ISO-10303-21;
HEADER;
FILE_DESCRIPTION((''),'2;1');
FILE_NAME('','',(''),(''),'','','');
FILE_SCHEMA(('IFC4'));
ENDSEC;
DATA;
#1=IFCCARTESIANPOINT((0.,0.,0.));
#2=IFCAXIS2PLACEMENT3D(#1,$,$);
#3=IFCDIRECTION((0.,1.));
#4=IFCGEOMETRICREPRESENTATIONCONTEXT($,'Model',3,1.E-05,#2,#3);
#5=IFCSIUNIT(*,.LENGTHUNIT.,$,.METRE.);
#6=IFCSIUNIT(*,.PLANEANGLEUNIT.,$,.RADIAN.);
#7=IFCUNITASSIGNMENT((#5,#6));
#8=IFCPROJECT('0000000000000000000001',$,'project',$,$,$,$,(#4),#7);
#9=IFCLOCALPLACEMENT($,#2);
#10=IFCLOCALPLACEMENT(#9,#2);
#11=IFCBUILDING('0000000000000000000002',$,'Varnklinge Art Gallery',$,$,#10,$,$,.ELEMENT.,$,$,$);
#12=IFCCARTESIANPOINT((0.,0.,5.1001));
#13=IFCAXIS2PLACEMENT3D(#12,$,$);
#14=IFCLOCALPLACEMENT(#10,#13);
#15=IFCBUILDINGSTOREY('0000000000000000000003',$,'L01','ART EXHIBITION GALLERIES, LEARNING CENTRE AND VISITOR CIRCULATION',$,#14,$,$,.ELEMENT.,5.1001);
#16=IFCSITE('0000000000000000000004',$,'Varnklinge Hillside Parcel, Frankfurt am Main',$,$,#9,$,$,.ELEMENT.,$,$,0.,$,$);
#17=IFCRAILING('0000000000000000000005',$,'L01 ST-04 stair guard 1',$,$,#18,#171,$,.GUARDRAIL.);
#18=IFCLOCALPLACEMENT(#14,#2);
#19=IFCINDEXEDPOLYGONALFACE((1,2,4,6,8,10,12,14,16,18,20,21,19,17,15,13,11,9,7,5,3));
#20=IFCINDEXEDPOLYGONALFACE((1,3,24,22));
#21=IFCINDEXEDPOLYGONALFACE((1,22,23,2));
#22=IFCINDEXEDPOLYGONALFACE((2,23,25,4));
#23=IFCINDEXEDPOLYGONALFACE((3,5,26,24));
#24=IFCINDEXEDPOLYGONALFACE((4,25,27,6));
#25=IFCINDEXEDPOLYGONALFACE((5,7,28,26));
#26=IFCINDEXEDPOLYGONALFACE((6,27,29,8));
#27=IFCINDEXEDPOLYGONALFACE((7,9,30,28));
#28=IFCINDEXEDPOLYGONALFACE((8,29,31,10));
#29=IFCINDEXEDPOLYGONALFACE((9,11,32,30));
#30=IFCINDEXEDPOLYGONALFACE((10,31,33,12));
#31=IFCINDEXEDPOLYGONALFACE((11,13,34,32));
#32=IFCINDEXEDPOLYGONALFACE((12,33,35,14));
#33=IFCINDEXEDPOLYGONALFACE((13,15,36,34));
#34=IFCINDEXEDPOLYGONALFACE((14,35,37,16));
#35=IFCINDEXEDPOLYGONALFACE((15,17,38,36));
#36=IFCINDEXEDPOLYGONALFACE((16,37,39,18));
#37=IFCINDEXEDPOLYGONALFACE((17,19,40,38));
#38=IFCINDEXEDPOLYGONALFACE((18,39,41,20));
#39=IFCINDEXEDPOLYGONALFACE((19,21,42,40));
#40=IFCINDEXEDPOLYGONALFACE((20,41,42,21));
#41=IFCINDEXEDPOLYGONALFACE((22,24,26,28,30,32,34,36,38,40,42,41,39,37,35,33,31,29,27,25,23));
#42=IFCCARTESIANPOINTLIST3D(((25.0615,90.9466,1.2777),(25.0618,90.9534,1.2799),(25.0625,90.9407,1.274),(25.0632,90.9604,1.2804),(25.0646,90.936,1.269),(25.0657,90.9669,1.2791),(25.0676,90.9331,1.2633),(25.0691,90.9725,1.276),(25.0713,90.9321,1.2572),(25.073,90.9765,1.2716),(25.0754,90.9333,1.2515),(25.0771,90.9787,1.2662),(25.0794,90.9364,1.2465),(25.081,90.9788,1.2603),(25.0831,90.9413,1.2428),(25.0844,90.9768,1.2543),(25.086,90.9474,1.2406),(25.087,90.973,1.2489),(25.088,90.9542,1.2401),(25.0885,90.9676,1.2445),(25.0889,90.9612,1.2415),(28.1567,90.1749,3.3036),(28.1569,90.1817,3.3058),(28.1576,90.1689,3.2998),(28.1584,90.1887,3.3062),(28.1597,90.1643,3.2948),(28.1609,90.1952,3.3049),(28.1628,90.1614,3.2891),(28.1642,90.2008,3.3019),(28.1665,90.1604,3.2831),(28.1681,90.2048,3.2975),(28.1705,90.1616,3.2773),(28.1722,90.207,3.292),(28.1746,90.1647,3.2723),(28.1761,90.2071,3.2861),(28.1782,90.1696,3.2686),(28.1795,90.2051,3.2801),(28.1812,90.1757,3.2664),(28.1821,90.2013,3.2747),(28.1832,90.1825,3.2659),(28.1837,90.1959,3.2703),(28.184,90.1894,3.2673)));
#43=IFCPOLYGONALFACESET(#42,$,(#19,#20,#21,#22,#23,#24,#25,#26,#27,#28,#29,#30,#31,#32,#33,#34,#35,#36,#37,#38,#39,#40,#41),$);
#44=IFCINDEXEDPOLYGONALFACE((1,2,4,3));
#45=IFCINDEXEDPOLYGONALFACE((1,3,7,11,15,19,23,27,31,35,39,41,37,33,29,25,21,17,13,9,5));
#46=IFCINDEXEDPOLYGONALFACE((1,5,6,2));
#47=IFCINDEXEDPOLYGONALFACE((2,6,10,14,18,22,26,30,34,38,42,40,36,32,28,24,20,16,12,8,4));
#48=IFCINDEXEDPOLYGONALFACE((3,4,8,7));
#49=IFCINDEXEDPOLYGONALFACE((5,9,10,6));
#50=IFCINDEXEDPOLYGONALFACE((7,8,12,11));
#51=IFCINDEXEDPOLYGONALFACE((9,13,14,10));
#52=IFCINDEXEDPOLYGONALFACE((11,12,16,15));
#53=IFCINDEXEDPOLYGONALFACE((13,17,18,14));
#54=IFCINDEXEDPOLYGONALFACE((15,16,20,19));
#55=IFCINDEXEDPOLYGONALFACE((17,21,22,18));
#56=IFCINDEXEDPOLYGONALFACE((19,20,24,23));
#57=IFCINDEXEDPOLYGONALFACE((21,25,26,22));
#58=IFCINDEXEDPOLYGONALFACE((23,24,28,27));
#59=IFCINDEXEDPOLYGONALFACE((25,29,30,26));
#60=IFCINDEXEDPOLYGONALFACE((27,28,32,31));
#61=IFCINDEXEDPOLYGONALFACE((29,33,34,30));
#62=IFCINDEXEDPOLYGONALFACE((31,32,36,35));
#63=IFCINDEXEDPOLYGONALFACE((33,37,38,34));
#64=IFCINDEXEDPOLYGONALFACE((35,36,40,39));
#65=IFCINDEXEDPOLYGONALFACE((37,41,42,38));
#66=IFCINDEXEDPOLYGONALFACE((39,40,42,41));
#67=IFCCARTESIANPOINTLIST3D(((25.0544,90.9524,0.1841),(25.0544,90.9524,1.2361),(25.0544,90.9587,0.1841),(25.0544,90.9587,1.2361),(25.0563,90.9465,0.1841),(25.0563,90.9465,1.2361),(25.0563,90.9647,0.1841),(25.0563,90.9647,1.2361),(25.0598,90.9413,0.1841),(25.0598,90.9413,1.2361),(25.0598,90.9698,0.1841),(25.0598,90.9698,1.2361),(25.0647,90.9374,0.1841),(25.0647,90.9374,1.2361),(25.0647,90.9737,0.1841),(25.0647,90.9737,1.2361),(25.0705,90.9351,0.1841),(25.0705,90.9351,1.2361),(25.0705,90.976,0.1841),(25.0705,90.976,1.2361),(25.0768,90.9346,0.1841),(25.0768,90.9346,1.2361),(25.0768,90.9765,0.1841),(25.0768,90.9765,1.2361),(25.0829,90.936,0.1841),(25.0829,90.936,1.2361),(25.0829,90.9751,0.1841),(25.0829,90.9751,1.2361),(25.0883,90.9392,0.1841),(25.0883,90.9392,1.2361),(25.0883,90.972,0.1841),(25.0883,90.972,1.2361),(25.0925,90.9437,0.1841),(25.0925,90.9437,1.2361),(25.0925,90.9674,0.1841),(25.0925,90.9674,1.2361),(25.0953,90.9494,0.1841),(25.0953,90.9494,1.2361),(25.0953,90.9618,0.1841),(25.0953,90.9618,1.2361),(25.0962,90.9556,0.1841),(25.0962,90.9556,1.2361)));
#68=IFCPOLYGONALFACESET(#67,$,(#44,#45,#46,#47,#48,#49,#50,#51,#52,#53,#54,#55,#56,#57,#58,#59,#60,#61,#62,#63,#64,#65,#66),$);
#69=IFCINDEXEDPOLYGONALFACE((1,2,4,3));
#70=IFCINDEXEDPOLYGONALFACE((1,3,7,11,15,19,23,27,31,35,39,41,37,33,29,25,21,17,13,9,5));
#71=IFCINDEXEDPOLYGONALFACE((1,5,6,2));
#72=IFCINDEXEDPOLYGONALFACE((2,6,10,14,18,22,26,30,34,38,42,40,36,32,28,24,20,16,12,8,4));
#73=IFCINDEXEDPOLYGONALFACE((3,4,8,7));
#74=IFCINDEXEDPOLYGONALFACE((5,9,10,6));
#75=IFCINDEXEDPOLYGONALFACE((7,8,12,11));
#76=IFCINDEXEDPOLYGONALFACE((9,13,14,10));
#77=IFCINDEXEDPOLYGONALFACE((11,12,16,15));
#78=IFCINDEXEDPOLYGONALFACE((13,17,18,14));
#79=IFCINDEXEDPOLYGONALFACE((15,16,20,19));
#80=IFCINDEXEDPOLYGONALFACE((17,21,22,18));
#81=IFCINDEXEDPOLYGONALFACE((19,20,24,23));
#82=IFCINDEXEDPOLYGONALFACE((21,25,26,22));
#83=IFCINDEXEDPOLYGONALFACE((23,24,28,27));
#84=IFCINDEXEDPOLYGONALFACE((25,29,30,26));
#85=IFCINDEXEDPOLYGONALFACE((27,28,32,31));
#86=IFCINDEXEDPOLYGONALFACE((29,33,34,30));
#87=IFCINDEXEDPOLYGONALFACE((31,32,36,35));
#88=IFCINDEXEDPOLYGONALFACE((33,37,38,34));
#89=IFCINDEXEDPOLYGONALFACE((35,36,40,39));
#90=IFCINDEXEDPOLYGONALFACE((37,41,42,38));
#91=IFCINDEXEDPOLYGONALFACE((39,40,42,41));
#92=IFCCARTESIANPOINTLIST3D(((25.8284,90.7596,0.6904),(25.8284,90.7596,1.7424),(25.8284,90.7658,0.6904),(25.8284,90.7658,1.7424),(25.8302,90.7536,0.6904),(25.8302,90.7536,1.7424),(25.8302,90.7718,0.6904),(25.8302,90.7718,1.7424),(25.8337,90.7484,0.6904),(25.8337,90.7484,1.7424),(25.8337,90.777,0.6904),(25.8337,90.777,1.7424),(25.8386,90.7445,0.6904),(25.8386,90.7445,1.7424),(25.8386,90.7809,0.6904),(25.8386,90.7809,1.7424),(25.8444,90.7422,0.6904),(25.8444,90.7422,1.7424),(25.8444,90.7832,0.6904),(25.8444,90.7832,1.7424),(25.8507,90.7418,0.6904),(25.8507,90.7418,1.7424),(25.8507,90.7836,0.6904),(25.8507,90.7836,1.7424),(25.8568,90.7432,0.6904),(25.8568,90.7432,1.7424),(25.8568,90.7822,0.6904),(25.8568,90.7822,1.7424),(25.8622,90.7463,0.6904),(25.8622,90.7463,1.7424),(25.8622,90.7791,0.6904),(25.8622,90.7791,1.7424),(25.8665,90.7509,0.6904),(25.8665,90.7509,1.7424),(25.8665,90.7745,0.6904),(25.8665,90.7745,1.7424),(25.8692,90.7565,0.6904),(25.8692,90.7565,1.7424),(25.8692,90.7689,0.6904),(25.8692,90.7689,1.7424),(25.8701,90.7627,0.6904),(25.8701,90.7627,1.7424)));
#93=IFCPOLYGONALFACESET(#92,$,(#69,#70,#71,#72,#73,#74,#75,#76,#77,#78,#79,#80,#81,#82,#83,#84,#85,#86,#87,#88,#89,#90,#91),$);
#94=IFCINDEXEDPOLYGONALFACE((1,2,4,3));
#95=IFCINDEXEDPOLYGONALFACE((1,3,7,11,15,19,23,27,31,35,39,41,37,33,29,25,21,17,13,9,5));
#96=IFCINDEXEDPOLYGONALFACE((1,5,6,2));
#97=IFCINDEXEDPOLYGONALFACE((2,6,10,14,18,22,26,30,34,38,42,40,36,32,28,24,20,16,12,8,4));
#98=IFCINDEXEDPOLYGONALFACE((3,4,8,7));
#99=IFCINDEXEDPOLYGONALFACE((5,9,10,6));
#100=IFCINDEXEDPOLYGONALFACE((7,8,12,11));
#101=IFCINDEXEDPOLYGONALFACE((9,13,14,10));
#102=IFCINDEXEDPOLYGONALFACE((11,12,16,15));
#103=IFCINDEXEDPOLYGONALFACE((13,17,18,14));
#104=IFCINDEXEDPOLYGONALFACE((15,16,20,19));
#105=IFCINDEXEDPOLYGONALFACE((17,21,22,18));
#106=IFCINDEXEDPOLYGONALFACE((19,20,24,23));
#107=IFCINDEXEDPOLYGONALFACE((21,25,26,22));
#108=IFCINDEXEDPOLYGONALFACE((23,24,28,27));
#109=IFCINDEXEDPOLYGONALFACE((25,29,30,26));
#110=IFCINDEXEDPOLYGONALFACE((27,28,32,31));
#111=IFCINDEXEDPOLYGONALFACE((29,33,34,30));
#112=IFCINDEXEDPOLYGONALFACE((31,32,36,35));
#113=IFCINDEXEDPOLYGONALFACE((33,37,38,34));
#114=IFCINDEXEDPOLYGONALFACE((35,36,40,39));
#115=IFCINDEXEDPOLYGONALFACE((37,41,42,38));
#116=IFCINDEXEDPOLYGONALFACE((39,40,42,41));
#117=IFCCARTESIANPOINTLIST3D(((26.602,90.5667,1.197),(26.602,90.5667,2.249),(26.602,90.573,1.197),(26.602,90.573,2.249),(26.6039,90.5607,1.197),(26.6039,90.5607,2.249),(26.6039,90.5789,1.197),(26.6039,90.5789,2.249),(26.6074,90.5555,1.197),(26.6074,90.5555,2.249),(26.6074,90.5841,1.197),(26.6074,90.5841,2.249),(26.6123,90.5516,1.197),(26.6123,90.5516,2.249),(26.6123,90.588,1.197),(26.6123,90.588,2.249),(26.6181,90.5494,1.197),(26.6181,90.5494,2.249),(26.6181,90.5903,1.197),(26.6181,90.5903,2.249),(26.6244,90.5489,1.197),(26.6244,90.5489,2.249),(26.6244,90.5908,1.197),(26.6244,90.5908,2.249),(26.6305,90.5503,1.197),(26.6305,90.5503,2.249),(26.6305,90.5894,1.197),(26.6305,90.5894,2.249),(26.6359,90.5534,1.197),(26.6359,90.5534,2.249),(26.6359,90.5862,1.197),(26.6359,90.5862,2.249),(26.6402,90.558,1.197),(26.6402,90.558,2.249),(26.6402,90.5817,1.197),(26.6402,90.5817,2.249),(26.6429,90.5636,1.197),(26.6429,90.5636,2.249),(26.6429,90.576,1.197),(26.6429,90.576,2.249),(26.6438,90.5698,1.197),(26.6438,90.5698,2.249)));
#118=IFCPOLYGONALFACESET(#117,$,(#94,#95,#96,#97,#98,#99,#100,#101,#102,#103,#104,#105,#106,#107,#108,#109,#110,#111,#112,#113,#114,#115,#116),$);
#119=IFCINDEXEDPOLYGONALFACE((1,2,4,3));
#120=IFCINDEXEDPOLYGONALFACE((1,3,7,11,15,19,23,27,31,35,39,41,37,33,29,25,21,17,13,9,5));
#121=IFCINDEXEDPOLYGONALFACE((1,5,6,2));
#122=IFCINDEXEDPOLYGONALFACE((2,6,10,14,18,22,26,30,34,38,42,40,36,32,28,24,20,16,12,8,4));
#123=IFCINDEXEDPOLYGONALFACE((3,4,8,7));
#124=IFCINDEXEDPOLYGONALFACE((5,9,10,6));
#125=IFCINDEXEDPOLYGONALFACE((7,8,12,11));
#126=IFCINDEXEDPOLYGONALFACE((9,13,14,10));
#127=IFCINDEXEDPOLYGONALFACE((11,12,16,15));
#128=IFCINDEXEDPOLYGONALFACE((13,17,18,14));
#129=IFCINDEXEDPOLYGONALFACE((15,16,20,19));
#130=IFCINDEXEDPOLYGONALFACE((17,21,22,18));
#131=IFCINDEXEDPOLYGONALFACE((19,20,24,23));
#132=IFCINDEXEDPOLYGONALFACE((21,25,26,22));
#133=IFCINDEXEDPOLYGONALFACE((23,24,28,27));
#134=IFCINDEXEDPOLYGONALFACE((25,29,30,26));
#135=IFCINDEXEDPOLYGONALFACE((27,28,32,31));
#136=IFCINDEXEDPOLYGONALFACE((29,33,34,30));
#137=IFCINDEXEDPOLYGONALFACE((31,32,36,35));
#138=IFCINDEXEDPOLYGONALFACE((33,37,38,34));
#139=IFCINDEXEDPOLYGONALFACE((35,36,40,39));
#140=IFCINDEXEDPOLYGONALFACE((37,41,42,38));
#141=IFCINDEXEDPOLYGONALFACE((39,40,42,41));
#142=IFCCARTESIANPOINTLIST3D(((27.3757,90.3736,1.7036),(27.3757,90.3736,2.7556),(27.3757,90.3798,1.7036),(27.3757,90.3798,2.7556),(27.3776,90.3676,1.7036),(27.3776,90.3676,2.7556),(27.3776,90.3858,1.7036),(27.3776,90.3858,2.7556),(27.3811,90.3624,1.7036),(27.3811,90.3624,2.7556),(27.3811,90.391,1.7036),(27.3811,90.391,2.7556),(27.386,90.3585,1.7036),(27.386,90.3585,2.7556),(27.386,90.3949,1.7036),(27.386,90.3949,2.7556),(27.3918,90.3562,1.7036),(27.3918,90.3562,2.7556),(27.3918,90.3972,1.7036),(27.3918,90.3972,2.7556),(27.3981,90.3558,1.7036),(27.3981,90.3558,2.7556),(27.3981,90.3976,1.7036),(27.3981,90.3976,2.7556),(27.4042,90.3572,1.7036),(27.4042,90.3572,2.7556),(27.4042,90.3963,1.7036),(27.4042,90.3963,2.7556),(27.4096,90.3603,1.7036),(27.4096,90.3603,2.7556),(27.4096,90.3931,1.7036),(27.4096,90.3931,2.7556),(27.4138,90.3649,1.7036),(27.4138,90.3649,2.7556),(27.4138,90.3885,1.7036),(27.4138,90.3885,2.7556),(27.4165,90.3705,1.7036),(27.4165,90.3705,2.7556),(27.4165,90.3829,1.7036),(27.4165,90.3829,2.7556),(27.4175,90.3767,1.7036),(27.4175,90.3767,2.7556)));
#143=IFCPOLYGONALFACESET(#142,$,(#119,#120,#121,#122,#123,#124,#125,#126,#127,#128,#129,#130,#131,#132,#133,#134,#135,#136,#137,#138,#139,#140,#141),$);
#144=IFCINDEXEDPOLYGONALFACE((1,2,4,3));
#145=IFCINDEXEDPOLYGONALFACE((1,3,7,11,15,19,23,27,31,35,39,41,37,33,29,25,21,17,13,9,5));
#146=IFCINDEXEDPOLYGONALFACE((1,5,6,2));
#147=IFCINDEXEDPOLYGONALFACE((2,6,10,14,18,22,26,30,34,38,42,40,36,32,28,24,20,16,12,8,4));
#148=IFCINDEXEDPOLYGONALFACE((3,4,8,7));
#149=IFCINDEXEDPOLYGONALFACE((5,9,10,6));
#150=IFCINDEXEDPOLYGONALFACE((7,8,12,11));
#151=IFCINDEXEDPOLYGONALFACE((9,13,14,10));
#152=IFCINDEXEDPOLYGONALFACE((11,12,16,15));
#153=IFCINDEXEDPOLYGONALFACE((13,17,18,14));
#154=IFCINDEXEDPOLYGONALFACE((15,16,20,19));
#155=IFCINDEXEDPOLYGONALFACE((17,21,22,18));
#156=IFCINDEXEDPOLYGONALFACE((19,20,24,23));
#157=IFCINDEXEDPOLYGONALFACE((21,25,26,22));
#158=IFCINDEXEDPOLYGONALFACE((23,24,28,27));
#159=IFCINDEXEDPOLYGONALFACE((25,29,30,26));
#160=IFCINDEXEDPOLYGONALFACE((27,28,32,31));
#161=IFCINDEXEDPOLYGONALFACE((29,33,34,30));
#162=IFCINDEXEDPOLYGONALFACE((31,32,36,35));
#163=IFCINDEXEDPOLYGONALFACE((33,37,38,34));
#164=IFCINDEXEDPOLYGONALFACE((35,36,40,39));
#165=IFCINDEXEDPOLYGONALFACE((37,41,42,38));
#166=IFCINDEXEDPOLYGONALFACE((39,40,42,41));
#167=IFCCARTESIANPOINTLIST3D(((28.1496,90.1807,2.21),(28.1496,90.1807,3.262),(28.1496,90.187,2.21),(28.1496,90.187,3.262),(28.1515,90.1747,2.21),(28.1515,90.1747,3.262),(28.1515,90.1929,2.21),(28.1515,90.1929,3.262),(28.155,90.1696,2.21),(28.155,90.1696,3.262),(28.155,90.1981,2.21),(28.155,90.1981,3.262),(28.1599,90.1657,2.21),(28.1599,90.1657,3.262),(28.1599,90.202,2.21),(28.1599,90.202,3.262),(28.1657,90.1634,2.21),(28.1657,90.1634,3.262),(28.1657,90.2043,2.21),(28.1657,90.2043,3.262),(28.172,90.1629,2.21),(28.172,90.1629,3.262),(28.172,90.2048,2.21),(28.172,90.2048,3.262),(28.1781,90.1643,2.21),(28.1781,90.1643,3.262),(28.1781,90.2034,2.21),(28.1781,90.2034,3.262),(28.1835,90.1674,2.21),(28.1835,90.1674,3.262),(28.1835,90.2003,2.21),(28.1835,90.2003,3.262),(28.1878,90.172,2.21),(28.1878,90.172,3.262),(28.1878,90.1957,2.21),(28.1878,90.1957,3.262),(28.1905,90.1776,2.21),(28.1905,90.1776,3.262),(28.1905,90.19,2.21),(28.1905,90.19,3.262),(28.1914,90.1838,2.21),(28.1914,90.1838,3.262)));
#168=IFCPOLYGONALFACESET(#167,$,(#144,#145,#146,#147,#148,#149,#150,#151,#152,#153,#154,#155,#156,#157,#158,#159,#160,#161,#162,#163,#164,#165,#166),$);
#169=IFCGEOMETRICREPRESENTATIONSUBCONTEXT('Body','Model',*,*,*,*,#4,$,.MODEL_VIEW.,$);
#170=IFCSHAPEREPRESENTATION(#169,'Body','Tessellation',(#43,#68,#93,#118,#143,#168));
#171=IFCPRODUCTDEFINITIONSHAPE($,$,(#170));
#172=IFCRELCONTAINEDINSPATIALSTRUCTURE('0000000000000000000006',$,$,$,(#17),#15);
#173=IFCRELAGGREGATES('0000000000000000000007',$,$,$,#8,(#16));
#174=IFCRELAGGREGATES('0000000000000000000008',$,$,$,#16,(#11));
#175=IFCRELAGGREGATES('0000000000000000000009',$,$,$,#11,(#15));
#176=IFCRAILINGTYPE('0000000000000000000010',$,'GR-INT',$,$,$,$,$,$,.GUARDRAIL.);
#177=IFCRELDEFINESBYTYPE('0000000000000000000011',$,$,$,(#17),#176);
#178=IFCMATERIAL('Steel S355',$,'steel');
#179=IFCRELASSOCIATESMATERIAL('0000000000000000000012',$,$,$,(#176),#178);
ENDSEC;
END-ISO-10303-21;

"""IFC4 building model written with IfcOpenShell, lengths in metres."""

from ifc_helpers import new_model, si_unit, direction, frame, origin, origin_2d, place, context, subcontext, project, spatial, circle, extrude, material, type_object, element, save


model = new_model("IFC4")

# Units and contexts
model_context = context("Model", 3, precision=1e-05, world=origin(), true_north=direction((0.0, 1.0)))
body_context = subcontext(model_context, "Body", "Model", "MODEL_VIEW")
ifc_project = project(units=[si_unit("LENGTHUNIT", "METRE"), si_unit("PLANEANGLEUNIT", "RADIAN")], contexts=[model_context])

# Site, building, storey
site_placement = place(None, origin())
site = spatial("IfcSite", under=ifc_project, at=site_placement, Name="Varnklinge Hillside Parcel, Frankfurt am Main", CompositionType="ELEMENT", RefElevation=0.0)
building_placement = place(site_placement, origin())
building = spatial("IfcBuilding", under=site, at=building_placement, Name="Varnklinge Art Gallery", CompositionType="ELEMENT")
storey_placement = place(building_placement, frame((0.0, 0.0, 5.1001)))
storey = spatial("IfcBuildingStorey", under=building, at=storey_placement, Name="L01", Description="ART EXHIBITION GALLERIES, LEARNING CENTRE AND VISITOR CIRCULATION", CompositionType="ELEMENT", Elevation=5.1001)

# Railing
ifc_material_1 = material(Name="Steel S355", Category="steel")
railing_type_1 = type_object("IfcRailingType", Name="GR-INT", PredefinedType="GUARDRAIL", material=ifc_material_1)
railing_1_placement = place(storey_placement, frame((25.0752, 90.9556, 0.1841)))
element("IfcRailing", 1, at=railing_1_placement, inside=storey, type_object=railing_type_1, Name="L01 ST-04 stair guard 1", PredefinedType="GUARDRAIL", context=body_context, shape_type="SweptSolid", body=[
    extrude(circle(Radius=0.0239, at=origin_2d()), frame((0.0, 0.0, 1.0762), z_axis=(0.819078, -0.20422, 0.536102), x_axis=(0.241923, 0.970295, 0.0)), (0.0, 0.0, 1.0), 3.7788),
    extrude(circle(Radius=0.021, at=origin_2d()), origin(), (0.0, 0.0, 1.0), 1.052),
    extrude(circle(Radius=0.021, at=origin_2d()), frame((0.7739, -0.1929, 0.5063)), (0.0, 0.0, 1.0), 1.052),
    extrude(circle(Radius=0.021, at=origin_2d()), frame((1.5476, -0.3857, 1.0129)), (0.0, 0.0, 1.0), 1.052),
    extrude(circle(Radius=0.021, at=origin_2d()), frame((2.3213, -0.5789, 1.5195)), (0.0, 0.0, 1.0), 1.052),
    extrude(circle(Radius=0.021, at=origin_2d()), frame((3.0952, -0.7717, 2.0259)), (0.0, 0.0, 1.0), 1.052),
])

save(model, "model.ifc")
